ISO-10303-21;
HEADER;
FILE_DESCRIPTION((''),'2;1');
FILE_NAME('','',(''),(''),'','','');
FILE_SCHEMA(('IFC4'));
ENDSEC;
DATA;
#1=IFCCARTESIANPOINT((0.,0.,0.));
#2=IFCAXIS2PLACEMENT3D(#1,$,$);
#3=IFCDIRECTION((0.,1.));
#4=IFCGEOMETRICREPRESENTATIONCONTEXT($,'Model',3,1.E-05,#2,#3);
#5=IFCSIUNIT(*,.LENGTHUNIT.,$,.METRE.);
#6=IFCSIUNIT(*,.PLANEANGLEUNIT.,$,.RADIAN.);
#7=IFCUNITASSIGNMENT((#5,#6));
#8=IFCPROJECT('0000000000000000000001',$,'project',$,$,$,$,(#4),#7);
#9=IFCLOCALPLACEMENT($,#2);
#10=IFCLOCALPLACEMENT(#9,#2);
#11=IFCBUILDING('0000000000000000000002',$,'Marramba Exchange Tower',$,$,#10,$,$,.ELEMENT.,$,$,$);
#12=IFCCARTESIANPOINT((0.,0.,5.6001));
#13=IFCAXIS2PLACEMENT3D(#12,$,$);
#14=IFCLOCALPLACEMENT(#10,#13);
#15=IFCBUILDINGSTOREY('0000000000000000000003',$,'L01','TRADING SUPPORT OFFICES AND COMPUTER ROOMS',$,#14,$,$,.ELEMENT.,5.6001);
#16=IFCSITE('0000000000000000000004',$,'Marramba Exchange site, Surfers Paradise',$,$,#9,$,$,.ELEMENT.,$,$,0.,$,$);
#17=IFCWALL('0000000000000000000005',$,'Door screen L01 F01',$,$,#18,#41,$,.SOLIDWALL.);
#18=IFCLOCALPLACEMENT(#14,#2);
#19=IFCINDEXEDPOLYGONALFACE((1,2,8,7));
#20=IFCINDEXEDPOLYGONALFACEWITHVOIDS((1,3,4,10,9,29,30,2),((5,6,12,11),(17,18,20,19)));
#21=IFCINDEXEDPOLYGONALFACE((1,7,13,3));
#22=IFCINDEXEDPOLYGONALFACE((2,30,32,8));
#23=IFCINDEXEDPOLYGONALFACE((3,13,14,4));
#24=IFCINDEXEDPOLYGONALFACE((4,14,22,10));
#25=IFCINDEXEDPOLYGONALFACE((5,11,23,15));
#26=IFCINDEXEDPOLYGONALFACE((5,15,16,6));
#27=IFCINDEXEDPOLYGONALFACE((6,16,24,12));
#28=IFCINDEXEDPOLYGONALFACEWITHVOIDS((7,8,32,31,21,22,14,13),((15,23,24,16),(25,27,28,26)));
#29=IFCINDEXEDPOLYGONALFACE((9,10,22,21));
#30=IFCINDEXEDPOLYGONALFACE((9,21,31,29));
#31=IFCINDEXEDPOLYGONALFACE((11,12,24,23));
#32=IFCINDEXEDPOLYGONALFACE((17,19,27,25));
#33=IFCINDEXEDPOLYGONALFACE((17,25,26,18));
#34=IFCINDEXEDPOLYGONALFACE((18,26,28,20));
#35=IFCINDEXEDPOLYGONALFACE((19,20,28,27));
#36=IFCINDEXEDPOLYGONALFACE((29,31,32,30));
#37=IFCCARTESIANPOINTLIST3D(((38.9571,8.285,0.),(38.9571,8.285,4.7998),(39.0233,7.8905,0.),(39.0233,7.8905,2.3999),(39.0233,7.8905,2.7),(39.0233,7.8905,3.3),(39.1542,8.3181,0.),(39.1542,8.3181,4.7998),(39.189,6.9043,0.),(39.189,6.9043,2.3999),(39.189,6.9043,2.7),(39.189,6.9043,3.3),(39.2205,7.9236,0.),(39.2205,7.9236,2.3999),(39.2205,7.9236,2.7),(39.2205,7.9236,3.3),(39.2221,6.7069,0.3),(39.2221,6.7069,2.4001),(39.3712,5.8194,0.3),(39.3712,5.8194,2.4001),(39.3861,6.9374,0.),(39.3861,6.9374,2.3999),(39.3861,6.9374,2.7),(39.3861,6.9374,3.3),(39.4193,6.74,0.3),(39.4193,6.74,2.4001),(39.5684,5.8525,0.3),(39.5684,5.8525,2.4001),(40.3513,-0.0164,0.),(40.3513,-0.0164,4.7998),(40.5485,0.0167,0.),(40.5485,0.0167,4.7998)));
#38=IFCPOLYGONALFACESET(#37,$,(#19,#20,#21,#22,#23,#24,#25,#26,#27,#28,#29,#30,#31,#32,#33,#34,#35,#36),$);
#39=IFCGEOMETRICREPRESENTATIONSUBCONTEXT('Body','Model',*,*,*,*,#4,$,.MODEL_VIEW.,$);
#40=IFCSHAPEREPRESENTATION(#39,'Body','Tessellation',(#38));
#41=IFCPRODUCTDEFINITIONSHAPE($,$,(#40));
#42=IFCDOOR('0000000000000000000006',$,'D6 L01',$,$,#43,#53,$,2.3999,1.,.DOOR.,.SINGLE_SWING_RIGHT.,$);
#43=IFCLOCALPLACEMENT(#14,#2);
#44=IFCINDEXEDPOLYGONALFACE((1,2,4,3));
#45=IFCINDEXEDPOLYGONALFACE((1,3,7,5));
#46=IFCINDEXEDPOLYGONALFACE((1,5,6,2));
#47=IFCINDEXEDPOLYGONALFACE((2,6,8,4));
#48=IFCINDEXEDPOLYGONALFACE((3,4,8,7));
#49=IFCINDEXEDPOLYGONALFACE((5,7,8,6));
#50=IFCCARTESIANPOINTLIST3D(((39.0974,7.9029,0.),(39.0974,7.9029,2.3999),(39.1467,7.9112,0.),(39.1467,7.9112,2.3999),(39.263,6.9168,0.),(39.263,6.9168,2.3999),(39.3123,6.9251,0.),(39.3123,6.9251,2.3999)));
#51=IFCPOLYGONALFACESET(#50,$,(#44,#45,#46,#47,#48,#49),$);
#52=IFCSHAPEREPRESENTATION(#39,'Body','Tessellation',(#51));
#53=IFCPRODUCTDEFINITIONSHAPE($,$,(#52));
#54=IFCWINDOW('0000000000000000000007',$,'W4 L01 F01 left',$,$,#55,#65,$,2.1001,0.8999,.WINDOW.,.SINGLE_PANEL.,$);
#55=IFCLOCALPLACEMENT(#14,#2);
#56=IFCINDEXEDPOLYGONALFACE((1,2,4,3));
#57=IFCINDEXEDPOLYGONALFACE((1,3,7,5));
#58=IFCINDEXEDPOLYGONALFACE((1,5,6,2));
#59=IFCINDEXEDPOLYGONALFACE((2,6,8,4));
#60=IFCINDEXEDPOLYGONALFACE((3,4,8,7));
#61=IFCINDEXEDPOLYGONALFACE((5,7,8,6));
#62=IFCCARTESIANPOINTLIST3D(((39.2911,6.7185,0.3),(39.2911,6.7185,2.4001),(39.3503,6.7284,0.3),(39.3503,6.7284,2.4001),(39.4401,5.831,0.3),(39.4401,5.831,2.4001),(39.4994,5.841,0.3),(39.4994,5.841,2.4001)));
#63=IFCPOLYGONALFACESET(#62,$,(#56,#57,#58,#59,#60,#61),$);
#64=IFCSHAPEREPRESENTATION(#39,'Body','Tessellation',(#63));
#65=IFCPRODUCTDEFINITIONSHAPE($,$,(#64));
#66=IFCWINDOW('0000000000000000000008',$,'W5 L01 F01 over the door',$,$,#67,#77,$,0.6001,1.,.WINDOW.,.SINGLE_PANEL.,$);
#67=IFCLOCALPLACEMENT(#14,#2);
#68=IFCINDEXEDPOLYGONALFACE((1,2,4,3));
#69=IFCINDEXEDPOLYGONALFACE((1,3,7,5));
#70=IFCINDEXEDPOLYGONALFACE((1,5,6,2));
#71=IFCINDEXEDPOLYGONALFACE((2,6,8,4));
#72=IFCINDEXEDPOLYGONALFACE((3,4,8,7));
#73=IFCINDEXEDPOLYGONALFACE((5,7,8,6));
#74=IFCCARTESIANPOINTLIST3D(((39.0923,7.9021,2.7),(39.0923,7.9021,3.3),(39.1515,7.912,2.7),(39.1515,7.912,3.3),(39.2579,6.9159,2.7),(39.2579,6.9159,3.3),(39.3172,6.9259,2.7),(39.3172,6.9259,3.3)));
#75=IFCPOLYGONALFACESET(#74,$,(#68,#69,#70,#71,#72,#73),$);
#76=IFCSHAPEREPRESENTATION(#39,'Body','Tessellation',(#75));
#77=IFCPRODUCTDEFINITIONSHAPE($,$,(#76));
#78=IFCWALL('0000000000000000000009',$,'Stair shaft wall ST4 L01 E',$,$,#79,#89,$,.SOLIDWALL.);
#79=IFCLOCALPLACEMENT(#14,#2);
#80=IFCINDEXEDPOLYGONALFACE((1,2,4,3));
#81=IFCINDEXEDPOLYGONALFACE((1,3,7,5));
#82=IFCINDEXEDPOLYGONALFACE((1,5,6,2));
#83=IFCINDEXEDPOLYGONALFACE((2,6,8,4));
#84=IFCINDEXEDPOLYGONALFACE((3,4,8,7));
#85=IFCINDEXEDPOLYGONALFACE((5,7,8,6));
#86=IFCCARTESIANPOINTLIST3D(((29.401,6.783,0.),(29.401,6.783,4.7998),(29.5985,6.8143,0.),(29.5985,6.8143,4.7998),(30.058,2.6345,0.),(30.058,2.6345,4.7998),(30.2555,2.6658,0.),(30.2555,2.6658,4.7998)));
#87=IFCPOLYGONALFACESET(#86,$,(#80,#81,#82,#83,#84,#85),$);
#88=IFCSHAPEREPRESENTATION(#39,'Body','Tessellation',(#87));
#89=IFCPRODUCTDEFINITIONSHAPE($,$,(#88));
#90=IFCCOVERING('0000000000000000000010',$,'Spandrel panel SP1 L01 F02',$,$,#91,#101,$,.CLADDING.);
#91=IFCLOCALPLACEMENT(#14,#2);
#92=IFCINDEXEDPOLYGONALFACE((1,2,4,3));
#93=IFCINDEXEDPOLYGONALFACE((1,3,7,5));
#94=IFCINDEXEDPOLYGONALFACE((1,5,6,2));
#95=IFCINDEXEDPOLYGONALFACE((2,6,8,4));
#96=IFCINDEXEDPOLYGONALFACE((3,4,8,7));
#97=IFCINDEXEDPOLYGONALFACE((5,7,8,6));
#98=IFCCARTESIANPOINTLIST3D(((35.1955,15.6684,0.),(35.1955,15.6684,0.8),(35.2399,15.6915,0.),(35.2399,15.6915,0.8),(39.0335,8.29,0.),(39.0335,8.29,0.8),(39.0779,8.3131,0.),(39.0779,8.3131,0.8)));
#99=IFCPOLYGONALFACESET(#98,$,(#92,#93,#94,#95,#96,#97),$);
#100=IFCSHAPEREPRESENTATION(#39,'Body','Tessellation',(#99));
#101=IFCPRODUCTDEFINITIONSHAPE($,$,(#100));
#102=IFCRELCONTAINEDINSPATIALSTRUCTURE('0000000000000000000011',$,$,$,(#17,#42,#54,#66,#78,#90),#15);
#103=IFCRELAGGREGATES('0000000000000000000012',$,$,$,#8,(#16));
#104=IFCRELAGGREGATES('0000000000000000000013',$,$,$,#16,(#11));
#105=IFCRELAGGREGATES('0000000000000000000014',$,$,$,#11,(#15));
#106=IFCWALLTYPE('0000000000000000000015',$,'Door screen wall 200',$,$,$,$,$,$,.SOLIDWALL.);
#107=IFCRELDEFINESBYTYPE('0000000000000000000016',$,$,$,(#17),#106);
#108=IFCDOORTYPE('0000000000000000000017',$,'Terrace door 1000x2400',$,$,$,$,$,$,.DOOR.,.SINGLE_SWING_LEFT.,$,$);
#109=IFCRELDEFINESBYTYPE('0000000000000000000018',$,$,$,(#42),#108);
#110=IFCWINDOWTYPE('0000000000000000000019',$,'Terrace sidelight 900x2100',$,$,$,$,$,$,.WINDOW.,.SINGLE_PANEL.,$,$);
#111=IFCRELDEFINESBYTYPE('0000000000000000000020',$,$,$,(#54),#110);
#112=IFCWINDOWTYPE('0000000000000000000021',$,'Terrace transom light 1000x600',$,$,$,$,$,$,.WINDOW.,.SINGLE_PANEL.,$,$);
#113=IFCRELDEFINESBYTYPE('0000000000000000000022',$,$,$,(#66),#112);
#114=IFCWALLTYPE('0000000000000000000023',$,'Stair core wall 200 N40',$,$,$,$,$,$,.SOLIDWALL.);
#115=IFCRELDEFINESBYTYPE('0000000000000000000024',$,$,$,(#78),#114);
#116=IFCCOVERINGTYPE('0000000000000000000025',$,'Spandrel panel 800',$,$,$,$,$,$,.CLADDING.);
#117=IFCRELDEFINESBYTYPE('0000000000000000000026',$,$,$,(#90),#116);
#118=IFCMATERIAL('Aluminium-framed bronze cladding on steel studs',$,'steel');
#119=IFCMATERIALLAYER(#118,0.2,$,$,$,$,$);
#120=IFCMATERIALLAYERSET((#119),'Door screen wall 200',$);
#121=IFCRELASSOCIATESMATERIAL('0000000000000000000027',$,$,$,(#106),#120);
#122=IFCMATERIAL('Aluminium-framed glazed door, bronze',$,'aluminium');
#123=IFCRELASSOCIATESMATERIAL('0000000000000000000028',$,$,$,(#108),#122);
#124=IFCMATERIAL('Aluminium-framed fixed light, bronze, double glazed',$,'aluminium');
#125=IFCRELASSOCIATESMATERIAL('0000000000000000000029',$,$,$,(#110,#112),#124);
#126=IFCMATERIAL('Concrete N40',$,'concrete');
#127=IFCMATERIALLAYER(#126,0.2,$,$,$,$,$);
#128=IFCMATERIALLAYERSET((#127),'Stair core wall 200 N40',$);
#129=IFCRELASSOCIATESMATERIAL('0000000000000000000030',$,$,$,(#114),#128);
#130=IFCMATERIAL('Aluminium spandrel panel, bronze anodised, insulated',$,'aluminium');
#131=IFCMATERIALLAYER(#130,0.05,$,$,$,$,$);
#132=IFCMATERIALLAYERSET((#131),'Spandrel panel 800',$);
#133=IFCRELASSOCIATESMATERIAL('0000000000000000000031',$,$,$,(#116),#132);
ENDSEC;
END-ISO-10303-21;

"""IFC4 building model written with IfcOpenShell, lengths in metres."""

from ifc_helpers import new_model, si_unit, direction, frame, frame_2d, origin, origin_2d, place, context, subcontext, project, spatial, rectangle, extrude, material, layer, layer_set, type_object, element, fill, save


model = new_model("IFC4")

# Units and contexts
model_context = context("Model", 3, precision=1e-05, world=origin(), true_north=direction((0.0, 1.0)))
body_context = subcontext(model_context, "Body", "Model", "MODEL_VIEW")
ifc_project = project(units=[si_unit("LENGTHUNIT", "METRE"), si_unit("PLANEANGLEUNIT", "RADIAN")], contexts=[model_context])

# Site, building, storey
site_placement = place(None, origin())
site = spatial("IfcSite", under=ifc_project, at=site_placement, Name="Marramba Exchange site, Surfers Paradise", CompositionType="ELEMENT", RefElevation=0.0)
building_placement = place(site_placement, origin())
building = spatial("IfcBuilding", under=site, at=building_placement, Name="Marramba Exchange Tower", CompositionType="ELEMENT")
storey_placement = place(building_placement, frame((0.0, 0.0, 5.6001)))
storey = spatial("IfcBuildingStorey", under=building, at=storey_placement, Name="L01", Description="TRADING SUPPORT OFFICES AND COMPUTER ROOMS", CompositionType="ELEMENT", Elevation=5.6001)

# Wall, openings, door, windows
ifc_material_1 = material(Name="Aluminium-framed bronze cladding on steel studs", Category="steel")
ifc_layer_1 = layer(ifc_material_1, 0.2)
ifc_layer_set_1 = layer_set([ifc_layer_1], Name="Door screen wall 200")
wall_type_1 = type_object("IfcWallType", Name="Door screen wall 200", PredefinedType="SOLIDWALL", material=ifc_layer_set_1)
wall_1_placement = place(storey_placement, frame((40.45, 0.0, 0.0), z_axis=(0.0, 0.0, 1.0), x_axis=(-0.165636, 0.986187, 0.0)))
wall_1 = element("IfcWall", 1, at=wall_1_placement, inside=storey, type_object=wall_type_1, Name="Door screen L01 F01", PredefinedType="SOLIDWALL", context=body_context, shape_type="SweptSolid", body=[
    extrude(rectangle(XDim=8.4177, YDim=0.2, at=frame_2d((4.209, 0.0))), origin(), (0.0, 0.0, 1.0), 4.7998),
])
opening_1_placement = place(wall_1_placement, frame((7.0178, 0.0, 0.0)))
opening_1 = element("IfcOpeningElement", 2, at=opening_1_placement, cuts=wall_1, PredefinedType="OPENING", context=body_context, shape_type="SweptSolid", body=[
    extrude(rectangle(XDim=1.0, YDim=2.3999, at=frame_2d((0.5, 1.2))), frame((0.0, 0.1099, 0.0), z_axis=(0.0, -1.0, 0.0), x_axis=(1.0, 0.0, 0.0)), (0.0, 0.0, 1.0), 0.22),
])
opening_2_placement = place(wall_1_placement, frame((5.9177, 0.0, 0.3)))
opening_2 = element("IfcOpeningElement", 3, at=opening_2_placement, cuts=wall_1, PredefinedType="OPENING", context=body_context, shape_type="SweptSolid", body=[
    extrude(rectangle(XDim=0.8999, YDim=2.1001, at=frame_2d((0.45, 1.05))), frame((0.0, 0.1099, 0.0), z_axis=(0.0, -1.0, 0.0), x_axis=(1.0, 0.0, 0.0)), (0.0, 0.0, 1.0), 0.22),
])
opening_3_placement = place(wall_1_placement, frame((7.0178, 0.0, 2.7)))
opening_3 = element("IfcOpeningElement", 4, at=opening_3_placement, cuts=wall_1, PredefinedType="OPENING", context=body_context, shape_type="SweptSolid", body=[
    extrude(rectangle(XDim=1.0, YDim=0.6001, at=frame_2d((0.5, 0.3))), frame((0.0, 0.1099, 0.0), z_axis=(0.0, -1.0, 0.0), x_axis=(1.0, 0.0, 0.0)), (0.0, 0.0, 1.0), 0.22),
])
ifc_material_2 = material(Name="Aluminium-framed glazed door, bronze", Category="aluminium")
door_type = type_object("IfcDoorType", Name="Terrace door 1000x2400", OperationType="SINGLE_SWING_LEFT", PredefinedType="DOOR", material=ifc_material_2)
door_placement = place(opening_1_placement, frame((1.0, 0.0, 0.0), z_axis=(0.0, 0.0, 1.0), x_axis=(-1.0, 0.0, 0.0)))
door = element("IfcDoor", 5, at=door_placement, inside=storey, type_object=door_type, Name="D6 L01", OperationType="SINGLE_SWING_RIGHT", OverallHeight=2.3999, OverallWidth=1.0, PredefinedType="DOOR", context=body_context, shape_type="SweptSolid", body=[
    extrude(rectangle(XDim=1.0, YDim=2.3999, at=frame_2d((0.5, 1.2))), frame((0.0, 0.0251, 0.0), z_axis=(0.0, -1.0, 0.0), x_axis=(1.0, 0.0, 0.0)), (0.0, 0.0, 1.0), 0.05),
])
fill(opening_1, door)
ifc_material_3 = material(Name="Aluminium-framed fixed light, bronze, double glazed", Category="aluminium")
window_type_1 = type_object("IfcWindowType", Name="Terrace sidelight 900x2100", PartitioningType="SINGLE_PANEL", PredefinedType="WINDOW", material=ifc_material_3)
window_1_placement = place(opening_2_placement, origin())
window_1 = element("IfcWindow", 6, at=window_1_placement, inside=storey, type_object=window_type_1, Name="W4 L01 F01 left", OverallHeight=2.1001, OverallWidth=0.8999, PartitioningType="SINGLE_PANEL", PredefinedType="WINDOW", context=body_context, shape_type="SweptSolid", body=[
    extrude(rectangle(XDim=0.8999, YDim=2.1001, at=frame_2d((0.45, 1.05))), frame((0.0, 0.03, 0.0), z_axis=(0.0, -1.0, 0.0), x_axis=(1.0, 0.0, 0.0)), (0.0, 0.0, 1.0), 0.0601),
])
fill(opening_2, window_1)
window_type_2 = type_object("IfcWindowType", Name="Terrace transom light 1000x600", PartitioningType="SINGLE_PANEL", PredefinedType="WINDOW", material=ifc_material_3)
window_2_placement = place(opening_3_placement, origin())
window_2 = element("IfcWindow", 7, at=window_2_placement, inside=storey, type_object=window_type_2, Name="W5 L01 F01 over the door", OverallHeight=0.6001, OverallWidth=1.0, PartitioningType="SINGLE_PANEL", PredefinedType="WINDOW", context=body_context, shape_type="SweptSolid", body=[
    extrude(rectangle(XDim=1.0, YDim=0.6001, at=frame_2d((0.5, 0.3))), frame((0.0, 0.03, 0.0), z_axis=(0.0, -1.0, 0.0), x_axis=(1.0, 0.0, 0.0)), (0.0, 0.0, 1.0), 0.0601),
])
fill(opening_3, window_2)

# Wall
ifc_material_4 = material(Name="Concrete N40", Category="concrete")
ifc_layer_2 = layer(ifc_material_4, 0.2)
ifc_layer_set_2 = layer_set([ifc_layer_2], Name="Stair core wall 200 N40")
wall_type_2 = type_object("IfcWallType", Name="Stair core wall 200 N40", PredefinedType="SOLIDWALL", material=ifc_layer_set_2)
wall_2_placement = place(storey_placement, frame((30.1567, 2.6501, 0.0), z_axis=(0.0, 0.0, 1.0), x_axis=(-0.156419, 0.987691, 0.0)))
element("IfcWall", 8, at=wall_2_placement, inside=storey, type_object=wall_type_2, Name="Stair shaft wall ST4 L01 E", PredefinedType="SOLIDWALL", context=body_context, shape_type="SweptSolid", body=[
    extrude(rectangle(XDim=4.2002, YDim=0.2, at=frame_2d((2.1001, 0.0))), origin(), (0.0, 0.0, 1.0), 4.7998),
])

# Covering
ifc_material_5 = material(Name="Aluminium spandrel panel, bronze anodised, insulated", Category="aluminium")
ifc_layer_3 = layer(ifc_material_5, 0.05)
ifc_layer_set_3 = layer_set([ifc_layer_3], Name="Spandrel panel 800")
covering_type = type_object("IfcCoveringType", Name="Spandrel panel 800", PredefinedType="CLADDING", material=ifc_layer_set_3)
covering_placement = place(storey_placement, frame((37.1367, 11.9907, 0.0), z_axis=(0.0, 0.0, 1.0), x_axis=(-0.461464, 0.887159, 0.0)))
element("IfcCovering", 9, at=covering_placement, inside=storey, type_object=covering_type, Name="Spandrel panel SP1 L01 F02", PredefinedType="CLADDING", context=body_context, shape_type="SweptSolid", body=[
    extrude(rectangle(XDim=8.3169, YDim=0.05, at=origin_2d()), origin(), (0.0, 0.0, 1.0), 0.8),
])

save(model, "model.ifc")
